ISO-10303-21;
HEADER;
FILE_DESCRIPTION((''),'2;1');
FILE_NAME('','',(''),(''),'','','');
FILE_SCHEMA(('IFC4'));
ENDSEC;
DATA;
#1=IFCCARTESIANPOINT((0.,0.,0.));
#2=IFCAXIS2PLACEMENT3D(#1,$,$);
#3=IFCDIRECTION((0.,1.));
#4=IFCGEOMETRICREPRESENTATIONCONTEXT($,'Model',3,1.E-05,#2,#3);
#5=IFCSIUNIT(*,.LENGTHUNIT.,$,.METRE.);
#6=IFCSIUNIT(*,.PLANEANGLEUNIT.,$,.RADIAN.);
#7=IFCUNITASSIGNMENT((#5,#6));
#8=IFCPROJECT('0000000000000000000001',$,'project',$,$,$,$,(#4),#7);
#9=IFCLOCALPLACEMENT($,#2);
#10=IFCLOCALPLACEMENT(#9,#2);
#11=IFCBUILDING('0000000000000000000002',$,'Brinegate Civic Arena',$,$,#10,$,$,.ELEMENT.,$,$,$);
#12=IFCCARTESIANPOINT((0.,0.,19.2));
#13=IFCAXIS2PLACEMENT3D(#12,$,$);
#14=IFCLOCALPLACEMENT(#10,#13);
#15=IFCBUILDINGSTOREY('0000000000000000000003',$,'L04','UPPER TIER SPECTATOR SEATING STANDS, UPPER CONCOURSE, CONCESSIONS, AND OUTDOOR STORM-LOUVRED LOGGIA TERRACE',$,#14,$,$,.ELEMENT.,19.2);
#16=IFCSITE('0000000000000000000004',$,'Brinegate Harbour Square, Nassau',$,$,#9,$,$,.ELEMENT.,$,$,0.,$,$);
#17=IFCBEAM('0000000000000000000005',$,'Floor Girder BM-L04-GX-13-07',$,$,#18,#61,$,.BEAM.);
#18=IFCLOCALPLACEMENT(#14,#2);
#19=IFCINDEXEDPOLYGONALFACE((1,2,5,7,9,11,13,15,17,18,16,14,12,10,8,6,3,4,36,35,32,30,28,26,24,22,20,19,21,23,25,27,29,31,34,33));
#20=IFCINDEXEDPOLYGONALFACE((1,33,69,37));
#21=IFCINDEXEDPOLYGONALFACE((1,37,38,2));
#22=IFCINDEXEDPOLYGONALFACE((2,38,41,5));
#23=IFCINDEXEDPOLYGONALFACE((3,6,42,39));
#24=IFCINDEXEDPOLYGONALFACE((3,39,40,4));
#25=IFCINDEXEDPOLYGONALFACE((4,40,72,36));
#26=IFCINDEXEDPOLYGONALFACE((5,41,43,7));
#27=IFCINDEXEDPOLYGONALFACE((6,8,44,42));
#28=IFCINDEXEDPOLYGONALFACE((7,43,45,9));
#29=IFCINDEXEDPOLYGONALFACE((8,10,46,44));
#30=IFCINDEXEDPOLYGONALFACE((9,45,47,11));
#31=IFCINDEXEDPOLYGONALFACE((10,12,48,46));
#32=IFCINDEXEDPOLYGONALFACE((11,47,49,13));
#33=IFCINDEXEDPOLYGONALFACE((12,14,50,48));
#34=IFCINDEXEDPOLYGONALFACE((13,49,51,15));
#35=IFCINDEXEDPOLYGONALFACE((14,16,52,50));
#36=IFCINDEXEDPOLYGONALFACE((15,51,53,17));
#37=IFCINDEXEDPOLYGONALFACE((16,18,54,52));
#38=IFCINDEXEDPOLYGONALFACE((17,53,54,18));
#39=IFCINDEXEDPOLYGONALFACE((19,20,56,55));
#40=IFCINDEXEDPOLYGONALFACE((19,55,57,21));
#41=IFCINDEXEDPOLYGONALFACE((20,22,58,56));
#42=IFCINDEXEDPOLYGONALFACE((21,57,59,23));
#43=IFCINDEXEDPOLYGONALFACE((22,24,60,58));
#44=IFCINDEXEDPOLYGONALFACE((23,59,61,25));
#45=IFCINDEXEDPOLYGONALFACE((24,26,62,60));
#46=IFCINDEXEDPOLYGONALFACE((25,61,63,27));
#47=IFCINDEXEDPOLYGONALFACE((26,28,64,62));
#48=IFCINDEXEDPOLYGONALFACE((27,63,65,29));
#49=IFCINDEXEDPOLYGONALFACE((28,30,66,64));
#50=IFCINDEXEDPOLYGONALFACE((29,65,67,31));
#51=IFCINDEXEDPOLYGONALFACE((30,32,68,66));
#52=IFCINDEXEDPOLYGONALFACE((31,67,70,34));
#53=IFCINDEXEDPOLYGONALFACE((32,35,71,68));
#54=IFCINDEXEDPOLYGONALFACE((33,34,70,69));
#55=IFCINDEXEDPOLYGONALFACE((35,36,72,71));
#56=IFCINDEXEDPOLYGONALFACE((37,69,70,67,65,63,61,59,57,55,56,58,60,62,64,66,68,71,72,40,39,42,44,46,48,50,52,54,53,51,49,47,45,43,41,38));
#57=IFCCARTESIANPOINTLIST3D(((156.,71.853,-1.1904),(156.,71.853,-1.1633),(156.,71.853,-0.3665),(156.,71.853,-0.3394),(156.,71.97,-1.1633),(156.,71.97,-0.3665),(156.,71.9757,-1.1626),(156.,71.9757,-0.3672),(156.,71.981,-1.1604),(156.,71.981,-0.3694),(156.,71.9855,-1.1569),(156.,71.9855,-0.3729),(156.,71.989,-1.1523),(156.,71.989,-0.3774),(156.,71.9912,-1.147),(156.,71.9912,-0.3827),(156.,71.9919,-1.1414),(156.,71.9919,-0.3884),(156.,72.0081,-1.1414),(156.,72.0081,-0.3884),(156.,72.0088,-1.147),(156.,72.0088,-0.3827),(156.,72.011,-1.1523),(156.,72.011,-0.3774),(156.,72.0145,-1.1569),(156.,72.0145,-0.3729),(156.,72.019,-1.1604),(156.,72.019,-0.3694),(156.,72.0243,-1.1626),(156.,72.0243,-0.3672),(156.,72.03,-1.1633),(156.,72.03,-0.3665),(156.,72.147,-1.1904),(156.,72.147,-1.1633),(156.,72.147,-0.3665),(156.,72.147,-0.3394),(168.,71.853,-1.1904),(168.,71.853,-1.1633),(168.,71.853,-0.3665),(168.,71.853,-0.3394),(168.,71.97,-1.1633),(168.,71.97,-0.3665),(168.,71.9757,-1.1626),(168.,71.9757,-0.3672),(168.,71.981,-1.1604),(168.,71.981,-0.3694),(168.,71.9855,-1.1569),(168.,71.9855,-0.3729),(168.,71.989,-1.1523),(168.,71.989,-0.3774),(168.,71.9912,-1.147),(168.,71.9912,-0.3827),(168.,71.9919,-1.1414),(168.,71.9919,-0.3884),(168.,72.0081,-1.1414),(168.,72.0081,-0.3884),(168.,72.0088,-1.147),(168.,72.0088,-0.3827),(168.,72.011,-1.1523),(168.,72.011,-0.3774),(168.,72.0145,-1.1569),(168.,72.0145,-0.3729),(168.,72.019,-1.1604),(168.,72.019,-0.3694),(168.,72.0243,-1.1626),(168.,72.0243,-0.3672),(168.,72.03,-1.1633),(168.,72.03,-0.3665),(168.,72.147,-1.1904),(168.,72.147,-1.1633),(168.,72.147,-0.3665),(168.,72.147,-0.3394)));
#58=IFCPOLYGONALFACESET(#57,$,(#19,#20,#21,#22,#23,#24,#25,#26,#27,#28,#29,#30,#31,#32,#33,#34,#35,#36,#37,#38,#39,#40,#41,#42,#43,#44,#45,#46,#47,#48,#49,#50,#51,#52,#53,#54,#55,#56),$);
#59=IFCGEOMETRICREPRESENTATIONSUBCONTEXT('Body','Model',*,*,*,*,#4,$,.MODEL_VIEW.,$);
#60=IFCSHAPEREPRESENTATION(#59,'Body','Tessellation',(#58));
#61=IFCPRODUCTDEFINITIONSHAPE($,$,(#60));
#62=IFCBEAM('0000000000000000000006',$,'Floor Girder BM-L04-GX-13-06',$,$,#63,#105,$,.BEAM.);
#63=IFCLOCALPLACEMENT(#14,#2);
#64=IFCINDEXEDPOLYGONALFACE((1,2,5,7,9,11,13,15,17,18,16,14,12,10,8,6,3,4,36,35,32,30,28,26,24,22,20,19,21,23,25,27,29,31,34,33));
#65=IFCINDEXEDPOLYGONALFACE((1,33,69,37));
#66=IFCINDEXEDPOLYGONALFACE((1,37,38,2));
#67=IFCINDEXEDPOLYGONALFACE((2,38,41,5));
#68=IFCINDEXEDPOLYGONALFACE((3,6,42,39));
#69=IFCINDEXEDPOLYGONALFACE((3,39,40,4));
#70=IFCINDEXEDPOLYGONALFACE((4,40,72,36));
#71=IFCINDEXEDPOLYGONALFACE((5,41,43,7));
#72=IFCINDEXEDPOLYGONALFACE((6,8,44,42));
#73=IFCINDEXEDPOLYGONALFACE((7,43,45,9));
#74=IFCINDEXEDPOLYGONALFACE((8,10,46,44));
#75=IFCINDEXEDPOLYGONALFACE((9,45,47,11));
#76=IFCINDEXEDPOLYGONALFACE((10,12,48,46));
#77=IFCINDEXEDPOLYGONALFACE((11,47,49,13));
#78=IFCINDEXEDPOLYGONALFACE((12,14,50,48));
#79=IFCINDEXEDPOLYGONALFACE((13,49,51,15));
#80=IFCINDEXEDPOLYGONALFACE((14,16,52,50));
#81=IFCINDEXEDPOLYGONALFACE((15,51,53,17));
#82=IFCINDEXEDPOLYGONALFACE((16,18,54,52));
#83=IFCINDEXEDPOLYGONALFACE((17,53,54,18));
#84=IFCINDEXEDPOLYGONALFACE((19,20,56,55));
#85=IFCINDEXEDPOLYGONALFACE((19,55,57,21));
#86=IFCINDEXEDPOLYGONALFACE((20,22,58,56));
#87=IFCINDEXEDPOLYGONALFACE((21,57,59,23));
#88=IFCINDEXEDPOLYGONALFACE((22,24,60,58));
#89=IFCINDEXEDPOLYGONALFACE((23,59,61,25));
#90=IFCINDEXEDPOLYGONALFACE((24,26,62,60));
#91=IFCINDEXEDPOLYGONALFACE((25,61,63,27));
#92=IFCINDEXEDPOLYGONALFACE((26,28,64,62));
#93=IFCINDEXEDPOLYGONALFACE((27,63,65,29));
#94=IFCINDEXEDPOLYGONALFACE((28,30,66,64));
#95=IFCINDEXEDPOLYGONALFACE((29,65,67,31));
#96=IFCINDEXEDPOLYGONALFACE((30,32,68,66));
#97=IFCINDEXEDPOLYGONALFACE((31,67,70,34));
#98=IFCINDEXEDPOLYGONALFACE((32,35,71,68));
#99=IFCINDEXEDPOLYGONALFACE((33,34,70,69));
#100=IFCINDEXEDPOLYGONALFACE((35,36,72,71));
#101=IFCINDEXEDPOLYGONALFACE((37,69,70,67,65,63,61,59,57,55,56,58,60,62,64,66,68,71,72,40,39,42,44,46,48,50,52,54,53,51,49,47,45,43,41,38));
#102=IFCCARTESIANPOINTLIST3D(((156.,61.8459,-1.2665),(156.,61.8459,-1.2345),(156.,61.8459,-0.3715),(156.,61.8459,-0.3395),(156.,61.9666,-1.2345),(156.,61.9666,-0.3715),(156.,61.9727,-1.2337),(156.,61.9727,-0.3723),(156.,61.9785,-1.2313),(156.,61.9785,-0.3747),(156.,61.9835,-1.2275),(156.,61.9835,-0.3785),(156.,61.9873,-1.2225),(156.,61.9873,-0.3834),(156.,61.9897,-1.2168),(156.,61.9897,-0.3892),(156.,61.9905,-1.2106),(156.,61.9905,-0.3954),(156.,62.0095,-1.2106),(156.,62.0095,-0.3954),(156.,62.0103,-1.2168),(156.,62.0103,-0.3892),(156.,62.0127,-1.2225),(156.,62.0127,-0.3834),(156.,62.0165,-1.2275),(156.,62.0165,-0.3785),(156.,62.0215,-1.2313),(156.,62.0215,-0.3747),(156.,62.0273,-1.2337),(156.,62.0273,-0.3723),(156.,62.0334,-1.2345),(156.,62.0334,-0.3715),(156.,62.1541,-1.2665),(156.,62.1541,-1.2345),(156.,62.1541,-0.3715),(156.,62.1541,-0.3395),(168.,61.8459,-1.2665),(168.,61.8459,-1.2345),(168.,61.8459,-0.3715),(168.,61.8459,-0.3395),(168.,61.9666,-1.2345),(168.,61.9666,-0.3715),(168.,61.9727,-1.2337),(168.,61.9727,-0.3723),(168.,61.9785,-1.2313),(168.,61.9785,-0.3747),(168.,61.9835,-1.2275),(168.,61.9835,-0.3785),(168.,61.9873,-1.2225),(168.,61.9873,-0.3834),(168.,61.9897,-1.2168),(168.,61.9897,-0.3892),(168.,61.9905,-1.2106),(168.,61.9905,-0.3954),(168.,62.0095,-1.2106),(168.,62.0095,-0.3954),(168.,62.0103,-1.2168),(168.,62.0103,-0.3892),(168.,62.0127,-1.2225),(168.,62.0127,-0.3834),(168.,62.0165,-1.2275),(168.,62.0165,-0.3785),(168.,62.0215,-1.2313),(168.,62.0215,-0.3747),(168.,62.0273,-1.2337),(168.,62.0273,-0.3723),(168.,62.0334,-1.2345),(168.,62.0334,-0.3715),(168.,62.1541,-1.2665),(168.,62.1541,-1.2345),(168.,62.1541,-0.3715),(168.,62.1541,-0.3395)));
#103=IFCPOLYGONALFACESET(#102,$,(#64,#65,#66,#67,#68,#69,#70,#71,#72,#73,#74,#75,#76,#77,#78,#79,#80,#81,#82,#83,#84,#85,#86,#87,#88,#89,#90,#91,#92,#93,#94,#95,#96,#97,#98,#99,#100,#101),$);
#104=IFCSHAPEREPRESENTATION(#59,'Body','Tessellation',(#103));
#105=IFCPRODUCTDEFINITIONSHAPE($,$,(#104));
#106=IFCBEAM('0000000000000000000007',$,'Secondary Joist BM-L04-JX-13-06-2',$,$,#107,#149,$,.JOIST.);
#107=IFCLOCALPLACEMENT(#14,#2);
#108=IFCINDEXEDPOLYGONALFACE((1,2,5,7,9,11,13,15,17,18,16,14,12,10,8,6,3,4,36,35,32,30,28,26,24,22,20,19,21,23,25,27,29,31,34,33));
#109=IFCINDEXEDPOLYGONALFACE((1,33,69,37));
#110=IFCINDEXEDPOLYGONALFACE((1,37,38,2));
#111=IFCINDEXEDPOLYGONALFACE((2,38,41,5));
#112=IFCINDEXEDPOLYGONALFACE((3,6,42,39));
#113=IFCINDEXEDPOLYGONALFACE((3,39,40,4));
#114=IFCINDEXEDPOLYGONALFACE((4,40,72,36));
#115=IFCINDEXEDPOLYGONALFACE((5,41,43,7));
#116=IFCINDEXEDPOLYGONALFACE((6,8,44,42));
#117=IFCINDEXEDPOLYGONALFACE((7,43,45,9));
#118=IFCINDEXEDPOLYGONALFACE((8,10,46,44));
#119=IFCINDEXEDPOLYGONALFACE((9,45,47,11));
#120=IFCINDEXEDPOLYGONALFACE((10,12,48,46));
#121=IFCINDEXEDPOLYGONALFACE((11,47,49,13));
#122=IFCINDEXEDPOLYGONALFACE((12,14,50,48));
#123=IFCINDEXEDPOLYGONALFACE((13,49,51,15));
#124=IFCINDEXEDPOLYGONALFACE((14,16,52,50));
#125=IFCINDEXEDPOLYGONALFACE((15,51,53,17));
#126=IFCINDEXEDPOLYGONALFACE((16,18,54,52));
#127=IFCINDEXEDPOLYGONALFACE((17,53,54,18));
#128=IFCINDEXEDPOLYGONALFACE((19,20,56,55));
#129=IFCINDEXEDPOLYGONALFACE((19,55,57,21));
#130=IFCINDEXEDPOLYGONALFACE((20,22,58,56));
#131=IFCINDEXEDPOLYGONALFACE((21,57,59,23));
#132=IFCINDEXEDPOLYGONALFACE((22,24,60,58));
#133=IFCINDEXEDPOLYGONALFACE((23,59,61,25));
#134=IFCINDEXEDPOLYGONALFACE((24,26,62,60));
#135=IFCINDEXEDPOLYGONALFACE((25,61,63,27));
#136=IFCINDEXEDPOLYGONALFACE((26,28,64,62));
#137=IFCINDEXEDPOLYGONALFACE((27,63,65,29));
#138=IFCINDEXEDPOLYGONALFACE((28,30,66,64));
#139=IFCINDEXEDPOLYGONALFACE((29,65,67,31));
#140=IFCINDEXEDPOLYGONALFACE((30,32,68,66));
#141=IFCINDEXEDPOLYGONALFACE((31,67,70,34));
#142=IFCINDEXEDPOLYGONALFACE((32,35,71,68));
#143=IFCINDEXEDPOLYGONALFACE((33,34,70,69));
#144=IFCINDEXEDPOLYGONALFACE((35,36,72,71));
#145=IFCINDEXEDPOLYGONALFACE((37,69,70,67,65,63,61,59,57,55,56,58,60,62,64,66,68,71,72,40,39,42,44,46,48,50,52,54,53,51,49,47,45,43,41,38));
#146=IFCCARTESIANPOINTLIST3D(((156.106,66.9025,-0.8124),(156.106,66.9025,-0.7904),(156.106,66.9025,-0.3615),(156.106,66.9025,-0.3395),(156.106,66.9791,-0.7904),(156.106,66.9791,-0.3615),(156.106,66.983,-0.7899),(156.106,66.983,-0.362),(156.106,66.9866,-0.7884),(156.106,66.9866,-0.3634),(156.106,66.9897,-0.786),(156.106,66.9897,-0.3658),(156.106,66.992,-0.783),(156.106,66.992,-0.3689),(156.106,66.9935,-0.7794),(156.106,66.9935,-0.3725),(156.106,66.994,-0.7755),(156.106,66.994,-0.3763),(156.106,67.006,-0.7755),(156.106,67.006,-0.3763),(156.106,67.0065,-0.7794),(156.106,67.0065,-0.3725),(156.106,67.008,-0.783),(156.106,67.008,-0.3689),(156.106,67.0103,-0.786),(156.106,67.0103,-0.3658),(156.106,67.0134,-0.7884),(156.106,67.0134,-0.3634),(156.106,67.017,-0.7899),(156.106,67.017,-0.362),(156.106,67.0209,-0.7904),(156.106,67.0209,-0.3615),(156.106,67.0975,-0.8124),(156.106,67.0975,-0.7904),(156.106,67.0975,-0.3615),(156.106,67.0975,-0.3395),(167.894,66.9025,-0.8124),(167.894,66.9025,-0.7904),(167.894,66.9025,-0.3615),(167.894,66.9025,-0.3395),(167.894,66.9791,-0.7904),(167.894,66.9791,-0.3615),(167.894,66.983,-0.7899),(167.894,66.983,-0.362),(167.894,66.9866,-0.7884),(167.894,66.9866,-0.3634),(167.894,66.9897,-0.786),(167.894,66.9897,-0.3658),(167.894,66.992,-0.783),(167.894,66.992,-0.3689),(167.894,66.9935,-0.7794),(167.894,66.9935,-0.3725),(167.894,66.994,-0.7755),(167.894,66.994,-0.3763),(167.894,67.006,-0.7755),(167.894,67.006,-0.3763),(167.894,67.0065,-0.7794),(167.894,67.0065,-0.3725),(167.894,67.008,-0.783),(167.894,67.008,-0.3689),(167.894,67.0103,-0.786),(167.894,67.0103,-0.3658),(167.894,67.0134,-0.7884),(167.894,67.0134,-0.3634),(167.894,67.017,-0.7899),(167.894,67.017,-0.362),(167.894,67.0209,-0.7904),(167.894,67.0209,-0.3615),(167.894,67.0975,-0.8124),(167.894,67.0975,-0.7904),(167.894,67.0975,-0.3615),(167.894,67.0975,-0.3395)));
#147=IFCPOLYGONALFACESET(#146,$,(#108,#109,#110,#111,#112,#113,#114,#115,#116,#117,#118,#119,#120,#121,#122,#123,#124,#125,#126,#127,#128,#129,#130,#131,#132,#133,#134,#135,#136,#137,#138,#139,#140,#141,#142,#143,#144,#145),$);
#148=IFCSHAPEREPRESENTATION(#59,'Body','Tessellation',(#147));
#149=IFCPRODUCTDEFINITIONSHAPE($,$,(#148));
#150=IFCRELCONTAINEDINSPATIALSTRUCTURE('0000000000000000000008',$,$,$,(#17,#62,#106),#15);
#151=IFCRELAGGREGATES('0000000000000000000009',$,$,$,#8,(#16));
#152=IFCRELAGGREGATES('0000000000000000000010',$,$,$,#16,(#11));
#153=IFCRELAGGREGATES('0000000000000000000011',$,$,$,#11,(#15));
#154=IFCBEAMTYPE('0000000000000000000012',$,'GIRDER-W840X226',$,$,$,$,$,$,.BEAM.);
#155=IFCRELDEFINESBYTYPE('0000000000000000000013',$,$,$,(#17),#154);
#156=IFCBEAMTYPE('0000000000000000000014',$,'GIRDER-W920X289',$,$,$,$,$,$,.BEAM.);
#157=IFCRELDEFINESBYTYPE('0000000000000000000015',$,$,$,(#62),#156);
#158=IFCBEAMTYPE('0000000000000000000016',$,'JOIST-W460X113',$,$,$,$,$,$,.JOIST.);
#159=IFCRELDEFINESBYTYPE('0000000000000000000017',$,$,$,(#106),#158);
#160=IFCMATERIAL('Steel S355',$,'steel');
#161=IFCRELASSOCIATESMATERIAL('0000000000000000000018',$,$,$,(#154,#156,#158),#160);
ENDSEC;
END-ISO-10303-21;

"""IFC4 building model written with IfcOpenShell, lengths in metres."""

from ifc_helpers import new_model, si_unit, direction, frame, origin, origin_2d, place, context, subcontext, project, spatial, i_section, extrude, material, material_profile, profile_set, type_object, element, save


model = new_model("IFC4")

# Units and contexts
model_context = context("Model", 3, precision=1e-05, world=origin(), true_north=direction((0.0, 1.0)))
body_context = subcontext(model_context, "Body", "Model", "MODEL_VIEW")
ifc_project = project(units=[si_unit("LENGTHUNIT", "METRE"), si_unit("PLANEANGLEUNIT", "RADIAN")], contexts=[model_context])

# Site, building, storey
site_placement = place(None, origin())
site = spatial("IfcSite", under=ifc_project, at=site_placement, Name="Brinegate Harbour Square, Nassau", CompositionType="ELEMENT", RefElevation=0.0)
building_placement = place(site_placement, origin())
building = spatial("IfcBuilding", under=site, at=building_placement, Name="Brinegate Civic Arena", CompositionType="ELEMENT")
storey_placement = place(building_placement, frame((0.0, 0.0, 19.2)))
storey = spatial("IfcBuildingStorey", under=building, at=storey_placement, Name="L04", Description="UPPER TIER SPECTATOR SEATING STANDS, UPPER CONCOURSE, CONCESSIONS, AND OUTDOOR STORM-LOUVRED LOGGIA TERRACE", CompositionType="ELEMENT", Elevation=19.2)

# Shared definitions
ifc_material_1 = material(Name="Steel S355", Category="steel")

# Beams
ifc_material_profile_1 = material_profile(ifc_material_1, i_section(OverallWidth=0.2939, OverallDepth=0.8511, WebThickness=0.0161, FlangeThickness=0.0271, FilletRadius=0.022, at=origin_2d()), Name="W840X226")
ifc_profile_set_1 = profile_set([ifc_material_profile_1], Name="Steel S355")
beam_type_1 = type_object("IfcBeamType", Name="GIRDER-W840X226", PredefinedType="BEAM", material=ifc_profile_set_1)
beam_1_placement = place(storey_placement, frame((156.0, 72.0, -0.7649), z_axis=(1.0, 0.0, 0.0), x_axis=(0.0, 1.0, 0.0)))
element("IfcBeam", 1, at=beam_1_placement, inside=storey, type_object=beam_type_1, Name="Floor Girder BM-L04-GX-13-07", PredefinedType="BEAM", context=body_context, shape_type="SweptSolid", body=[
    extrude(i_section(OverallWidth=0.2939, OverallDepth=0.8511, WebThickness=0.0161, FlangeThickness=0.0271, FilletRadius=0.022, at=origin_2d()), origin(), (0.0, 0.0, 1.0), 12.0),
])
ifc_material_profile_2 = material_profile(ifc_material_1, i_section(OverallWidth=0.3081, OverallDepth=0.927, WebThickness=0.019, FlangeThickness=0.032, FilletRadius=0.0239, at=origin_2d()), Name="W920X289")
ifc_profile_set_2 = profile_set([ifc_material_profile_2], Name="Steel S355")
beam_type_2 = type_object("IfcBeamType", Name="GIRDER-W920X289", PredefinedType="BEAM", material=ifc_profile_set_2)
beam_2_placement = place(storey_placement, frame((156.0, 62.0, -0.803), z_axis=(1.0, 0.0, 0.0), x_axis=(0.0, 1.0, 0.0)))
element("IfcBeam", 2, at=beam_2_placement, inside=storey, type_object=beam_type_2, Name="Floor Girder BM-L04-GX-13-06", PredefinedType="BEAM", context=body_context, shape_type="SweptSolid", body=[
    extrude(i_section(OverallWidth=0.3081, OverallDepth=0.927, WebThickness=0.019, FlangeThickness=0.032, FilletRadius=0.0239, at=origin_2d()), origin(), (0.0, 0.0, 1.0), 12.0),
])
ifc_material_profile_3 = material_profile(ifc_material_1, i_section(OverallWidth=0.1951, OverallDepth=0.4729, WebThickness=0.012, FlangeThickness=0.022, FilletRadius=0.0149, at=origin_2d()), Name="W460X113")
ifc_profile_set_3 = profile_set([ifc_material_profile_3], Name="Steel S355")
beam_type_3 = type_object("IfcBeamType", Name="JOIST-W460X113", PredefinedType="JOIST", material=ifc_profile_set_3)
beam_3_placement = place(storey_placement, frame((156.106, 67.0, -0.5759), z_axis=(1.0, 0.0, 0.0), x_axis=(0.0, 1.0, 0.0)))
element("IfcBeam", 3, at=beam_3_placement, inside=storey, type_object=beam_type_3, Name="Secondary Joist BM-L04-JX-13-06-2", PredefinedType="JOIST", context=body_context, shape_type="SweptSolid", body=[
    extrude(i_section(OverallWidth=0.1951, OverallDepth=0.4729, WebThickness=0.012, FlangeThickness=0.022, FilletRadius=0.0149, at=origin_2d()), origin(), (0.0, 0.0, 1.0), 11.7881),
])

save(model, "model.ifc")
